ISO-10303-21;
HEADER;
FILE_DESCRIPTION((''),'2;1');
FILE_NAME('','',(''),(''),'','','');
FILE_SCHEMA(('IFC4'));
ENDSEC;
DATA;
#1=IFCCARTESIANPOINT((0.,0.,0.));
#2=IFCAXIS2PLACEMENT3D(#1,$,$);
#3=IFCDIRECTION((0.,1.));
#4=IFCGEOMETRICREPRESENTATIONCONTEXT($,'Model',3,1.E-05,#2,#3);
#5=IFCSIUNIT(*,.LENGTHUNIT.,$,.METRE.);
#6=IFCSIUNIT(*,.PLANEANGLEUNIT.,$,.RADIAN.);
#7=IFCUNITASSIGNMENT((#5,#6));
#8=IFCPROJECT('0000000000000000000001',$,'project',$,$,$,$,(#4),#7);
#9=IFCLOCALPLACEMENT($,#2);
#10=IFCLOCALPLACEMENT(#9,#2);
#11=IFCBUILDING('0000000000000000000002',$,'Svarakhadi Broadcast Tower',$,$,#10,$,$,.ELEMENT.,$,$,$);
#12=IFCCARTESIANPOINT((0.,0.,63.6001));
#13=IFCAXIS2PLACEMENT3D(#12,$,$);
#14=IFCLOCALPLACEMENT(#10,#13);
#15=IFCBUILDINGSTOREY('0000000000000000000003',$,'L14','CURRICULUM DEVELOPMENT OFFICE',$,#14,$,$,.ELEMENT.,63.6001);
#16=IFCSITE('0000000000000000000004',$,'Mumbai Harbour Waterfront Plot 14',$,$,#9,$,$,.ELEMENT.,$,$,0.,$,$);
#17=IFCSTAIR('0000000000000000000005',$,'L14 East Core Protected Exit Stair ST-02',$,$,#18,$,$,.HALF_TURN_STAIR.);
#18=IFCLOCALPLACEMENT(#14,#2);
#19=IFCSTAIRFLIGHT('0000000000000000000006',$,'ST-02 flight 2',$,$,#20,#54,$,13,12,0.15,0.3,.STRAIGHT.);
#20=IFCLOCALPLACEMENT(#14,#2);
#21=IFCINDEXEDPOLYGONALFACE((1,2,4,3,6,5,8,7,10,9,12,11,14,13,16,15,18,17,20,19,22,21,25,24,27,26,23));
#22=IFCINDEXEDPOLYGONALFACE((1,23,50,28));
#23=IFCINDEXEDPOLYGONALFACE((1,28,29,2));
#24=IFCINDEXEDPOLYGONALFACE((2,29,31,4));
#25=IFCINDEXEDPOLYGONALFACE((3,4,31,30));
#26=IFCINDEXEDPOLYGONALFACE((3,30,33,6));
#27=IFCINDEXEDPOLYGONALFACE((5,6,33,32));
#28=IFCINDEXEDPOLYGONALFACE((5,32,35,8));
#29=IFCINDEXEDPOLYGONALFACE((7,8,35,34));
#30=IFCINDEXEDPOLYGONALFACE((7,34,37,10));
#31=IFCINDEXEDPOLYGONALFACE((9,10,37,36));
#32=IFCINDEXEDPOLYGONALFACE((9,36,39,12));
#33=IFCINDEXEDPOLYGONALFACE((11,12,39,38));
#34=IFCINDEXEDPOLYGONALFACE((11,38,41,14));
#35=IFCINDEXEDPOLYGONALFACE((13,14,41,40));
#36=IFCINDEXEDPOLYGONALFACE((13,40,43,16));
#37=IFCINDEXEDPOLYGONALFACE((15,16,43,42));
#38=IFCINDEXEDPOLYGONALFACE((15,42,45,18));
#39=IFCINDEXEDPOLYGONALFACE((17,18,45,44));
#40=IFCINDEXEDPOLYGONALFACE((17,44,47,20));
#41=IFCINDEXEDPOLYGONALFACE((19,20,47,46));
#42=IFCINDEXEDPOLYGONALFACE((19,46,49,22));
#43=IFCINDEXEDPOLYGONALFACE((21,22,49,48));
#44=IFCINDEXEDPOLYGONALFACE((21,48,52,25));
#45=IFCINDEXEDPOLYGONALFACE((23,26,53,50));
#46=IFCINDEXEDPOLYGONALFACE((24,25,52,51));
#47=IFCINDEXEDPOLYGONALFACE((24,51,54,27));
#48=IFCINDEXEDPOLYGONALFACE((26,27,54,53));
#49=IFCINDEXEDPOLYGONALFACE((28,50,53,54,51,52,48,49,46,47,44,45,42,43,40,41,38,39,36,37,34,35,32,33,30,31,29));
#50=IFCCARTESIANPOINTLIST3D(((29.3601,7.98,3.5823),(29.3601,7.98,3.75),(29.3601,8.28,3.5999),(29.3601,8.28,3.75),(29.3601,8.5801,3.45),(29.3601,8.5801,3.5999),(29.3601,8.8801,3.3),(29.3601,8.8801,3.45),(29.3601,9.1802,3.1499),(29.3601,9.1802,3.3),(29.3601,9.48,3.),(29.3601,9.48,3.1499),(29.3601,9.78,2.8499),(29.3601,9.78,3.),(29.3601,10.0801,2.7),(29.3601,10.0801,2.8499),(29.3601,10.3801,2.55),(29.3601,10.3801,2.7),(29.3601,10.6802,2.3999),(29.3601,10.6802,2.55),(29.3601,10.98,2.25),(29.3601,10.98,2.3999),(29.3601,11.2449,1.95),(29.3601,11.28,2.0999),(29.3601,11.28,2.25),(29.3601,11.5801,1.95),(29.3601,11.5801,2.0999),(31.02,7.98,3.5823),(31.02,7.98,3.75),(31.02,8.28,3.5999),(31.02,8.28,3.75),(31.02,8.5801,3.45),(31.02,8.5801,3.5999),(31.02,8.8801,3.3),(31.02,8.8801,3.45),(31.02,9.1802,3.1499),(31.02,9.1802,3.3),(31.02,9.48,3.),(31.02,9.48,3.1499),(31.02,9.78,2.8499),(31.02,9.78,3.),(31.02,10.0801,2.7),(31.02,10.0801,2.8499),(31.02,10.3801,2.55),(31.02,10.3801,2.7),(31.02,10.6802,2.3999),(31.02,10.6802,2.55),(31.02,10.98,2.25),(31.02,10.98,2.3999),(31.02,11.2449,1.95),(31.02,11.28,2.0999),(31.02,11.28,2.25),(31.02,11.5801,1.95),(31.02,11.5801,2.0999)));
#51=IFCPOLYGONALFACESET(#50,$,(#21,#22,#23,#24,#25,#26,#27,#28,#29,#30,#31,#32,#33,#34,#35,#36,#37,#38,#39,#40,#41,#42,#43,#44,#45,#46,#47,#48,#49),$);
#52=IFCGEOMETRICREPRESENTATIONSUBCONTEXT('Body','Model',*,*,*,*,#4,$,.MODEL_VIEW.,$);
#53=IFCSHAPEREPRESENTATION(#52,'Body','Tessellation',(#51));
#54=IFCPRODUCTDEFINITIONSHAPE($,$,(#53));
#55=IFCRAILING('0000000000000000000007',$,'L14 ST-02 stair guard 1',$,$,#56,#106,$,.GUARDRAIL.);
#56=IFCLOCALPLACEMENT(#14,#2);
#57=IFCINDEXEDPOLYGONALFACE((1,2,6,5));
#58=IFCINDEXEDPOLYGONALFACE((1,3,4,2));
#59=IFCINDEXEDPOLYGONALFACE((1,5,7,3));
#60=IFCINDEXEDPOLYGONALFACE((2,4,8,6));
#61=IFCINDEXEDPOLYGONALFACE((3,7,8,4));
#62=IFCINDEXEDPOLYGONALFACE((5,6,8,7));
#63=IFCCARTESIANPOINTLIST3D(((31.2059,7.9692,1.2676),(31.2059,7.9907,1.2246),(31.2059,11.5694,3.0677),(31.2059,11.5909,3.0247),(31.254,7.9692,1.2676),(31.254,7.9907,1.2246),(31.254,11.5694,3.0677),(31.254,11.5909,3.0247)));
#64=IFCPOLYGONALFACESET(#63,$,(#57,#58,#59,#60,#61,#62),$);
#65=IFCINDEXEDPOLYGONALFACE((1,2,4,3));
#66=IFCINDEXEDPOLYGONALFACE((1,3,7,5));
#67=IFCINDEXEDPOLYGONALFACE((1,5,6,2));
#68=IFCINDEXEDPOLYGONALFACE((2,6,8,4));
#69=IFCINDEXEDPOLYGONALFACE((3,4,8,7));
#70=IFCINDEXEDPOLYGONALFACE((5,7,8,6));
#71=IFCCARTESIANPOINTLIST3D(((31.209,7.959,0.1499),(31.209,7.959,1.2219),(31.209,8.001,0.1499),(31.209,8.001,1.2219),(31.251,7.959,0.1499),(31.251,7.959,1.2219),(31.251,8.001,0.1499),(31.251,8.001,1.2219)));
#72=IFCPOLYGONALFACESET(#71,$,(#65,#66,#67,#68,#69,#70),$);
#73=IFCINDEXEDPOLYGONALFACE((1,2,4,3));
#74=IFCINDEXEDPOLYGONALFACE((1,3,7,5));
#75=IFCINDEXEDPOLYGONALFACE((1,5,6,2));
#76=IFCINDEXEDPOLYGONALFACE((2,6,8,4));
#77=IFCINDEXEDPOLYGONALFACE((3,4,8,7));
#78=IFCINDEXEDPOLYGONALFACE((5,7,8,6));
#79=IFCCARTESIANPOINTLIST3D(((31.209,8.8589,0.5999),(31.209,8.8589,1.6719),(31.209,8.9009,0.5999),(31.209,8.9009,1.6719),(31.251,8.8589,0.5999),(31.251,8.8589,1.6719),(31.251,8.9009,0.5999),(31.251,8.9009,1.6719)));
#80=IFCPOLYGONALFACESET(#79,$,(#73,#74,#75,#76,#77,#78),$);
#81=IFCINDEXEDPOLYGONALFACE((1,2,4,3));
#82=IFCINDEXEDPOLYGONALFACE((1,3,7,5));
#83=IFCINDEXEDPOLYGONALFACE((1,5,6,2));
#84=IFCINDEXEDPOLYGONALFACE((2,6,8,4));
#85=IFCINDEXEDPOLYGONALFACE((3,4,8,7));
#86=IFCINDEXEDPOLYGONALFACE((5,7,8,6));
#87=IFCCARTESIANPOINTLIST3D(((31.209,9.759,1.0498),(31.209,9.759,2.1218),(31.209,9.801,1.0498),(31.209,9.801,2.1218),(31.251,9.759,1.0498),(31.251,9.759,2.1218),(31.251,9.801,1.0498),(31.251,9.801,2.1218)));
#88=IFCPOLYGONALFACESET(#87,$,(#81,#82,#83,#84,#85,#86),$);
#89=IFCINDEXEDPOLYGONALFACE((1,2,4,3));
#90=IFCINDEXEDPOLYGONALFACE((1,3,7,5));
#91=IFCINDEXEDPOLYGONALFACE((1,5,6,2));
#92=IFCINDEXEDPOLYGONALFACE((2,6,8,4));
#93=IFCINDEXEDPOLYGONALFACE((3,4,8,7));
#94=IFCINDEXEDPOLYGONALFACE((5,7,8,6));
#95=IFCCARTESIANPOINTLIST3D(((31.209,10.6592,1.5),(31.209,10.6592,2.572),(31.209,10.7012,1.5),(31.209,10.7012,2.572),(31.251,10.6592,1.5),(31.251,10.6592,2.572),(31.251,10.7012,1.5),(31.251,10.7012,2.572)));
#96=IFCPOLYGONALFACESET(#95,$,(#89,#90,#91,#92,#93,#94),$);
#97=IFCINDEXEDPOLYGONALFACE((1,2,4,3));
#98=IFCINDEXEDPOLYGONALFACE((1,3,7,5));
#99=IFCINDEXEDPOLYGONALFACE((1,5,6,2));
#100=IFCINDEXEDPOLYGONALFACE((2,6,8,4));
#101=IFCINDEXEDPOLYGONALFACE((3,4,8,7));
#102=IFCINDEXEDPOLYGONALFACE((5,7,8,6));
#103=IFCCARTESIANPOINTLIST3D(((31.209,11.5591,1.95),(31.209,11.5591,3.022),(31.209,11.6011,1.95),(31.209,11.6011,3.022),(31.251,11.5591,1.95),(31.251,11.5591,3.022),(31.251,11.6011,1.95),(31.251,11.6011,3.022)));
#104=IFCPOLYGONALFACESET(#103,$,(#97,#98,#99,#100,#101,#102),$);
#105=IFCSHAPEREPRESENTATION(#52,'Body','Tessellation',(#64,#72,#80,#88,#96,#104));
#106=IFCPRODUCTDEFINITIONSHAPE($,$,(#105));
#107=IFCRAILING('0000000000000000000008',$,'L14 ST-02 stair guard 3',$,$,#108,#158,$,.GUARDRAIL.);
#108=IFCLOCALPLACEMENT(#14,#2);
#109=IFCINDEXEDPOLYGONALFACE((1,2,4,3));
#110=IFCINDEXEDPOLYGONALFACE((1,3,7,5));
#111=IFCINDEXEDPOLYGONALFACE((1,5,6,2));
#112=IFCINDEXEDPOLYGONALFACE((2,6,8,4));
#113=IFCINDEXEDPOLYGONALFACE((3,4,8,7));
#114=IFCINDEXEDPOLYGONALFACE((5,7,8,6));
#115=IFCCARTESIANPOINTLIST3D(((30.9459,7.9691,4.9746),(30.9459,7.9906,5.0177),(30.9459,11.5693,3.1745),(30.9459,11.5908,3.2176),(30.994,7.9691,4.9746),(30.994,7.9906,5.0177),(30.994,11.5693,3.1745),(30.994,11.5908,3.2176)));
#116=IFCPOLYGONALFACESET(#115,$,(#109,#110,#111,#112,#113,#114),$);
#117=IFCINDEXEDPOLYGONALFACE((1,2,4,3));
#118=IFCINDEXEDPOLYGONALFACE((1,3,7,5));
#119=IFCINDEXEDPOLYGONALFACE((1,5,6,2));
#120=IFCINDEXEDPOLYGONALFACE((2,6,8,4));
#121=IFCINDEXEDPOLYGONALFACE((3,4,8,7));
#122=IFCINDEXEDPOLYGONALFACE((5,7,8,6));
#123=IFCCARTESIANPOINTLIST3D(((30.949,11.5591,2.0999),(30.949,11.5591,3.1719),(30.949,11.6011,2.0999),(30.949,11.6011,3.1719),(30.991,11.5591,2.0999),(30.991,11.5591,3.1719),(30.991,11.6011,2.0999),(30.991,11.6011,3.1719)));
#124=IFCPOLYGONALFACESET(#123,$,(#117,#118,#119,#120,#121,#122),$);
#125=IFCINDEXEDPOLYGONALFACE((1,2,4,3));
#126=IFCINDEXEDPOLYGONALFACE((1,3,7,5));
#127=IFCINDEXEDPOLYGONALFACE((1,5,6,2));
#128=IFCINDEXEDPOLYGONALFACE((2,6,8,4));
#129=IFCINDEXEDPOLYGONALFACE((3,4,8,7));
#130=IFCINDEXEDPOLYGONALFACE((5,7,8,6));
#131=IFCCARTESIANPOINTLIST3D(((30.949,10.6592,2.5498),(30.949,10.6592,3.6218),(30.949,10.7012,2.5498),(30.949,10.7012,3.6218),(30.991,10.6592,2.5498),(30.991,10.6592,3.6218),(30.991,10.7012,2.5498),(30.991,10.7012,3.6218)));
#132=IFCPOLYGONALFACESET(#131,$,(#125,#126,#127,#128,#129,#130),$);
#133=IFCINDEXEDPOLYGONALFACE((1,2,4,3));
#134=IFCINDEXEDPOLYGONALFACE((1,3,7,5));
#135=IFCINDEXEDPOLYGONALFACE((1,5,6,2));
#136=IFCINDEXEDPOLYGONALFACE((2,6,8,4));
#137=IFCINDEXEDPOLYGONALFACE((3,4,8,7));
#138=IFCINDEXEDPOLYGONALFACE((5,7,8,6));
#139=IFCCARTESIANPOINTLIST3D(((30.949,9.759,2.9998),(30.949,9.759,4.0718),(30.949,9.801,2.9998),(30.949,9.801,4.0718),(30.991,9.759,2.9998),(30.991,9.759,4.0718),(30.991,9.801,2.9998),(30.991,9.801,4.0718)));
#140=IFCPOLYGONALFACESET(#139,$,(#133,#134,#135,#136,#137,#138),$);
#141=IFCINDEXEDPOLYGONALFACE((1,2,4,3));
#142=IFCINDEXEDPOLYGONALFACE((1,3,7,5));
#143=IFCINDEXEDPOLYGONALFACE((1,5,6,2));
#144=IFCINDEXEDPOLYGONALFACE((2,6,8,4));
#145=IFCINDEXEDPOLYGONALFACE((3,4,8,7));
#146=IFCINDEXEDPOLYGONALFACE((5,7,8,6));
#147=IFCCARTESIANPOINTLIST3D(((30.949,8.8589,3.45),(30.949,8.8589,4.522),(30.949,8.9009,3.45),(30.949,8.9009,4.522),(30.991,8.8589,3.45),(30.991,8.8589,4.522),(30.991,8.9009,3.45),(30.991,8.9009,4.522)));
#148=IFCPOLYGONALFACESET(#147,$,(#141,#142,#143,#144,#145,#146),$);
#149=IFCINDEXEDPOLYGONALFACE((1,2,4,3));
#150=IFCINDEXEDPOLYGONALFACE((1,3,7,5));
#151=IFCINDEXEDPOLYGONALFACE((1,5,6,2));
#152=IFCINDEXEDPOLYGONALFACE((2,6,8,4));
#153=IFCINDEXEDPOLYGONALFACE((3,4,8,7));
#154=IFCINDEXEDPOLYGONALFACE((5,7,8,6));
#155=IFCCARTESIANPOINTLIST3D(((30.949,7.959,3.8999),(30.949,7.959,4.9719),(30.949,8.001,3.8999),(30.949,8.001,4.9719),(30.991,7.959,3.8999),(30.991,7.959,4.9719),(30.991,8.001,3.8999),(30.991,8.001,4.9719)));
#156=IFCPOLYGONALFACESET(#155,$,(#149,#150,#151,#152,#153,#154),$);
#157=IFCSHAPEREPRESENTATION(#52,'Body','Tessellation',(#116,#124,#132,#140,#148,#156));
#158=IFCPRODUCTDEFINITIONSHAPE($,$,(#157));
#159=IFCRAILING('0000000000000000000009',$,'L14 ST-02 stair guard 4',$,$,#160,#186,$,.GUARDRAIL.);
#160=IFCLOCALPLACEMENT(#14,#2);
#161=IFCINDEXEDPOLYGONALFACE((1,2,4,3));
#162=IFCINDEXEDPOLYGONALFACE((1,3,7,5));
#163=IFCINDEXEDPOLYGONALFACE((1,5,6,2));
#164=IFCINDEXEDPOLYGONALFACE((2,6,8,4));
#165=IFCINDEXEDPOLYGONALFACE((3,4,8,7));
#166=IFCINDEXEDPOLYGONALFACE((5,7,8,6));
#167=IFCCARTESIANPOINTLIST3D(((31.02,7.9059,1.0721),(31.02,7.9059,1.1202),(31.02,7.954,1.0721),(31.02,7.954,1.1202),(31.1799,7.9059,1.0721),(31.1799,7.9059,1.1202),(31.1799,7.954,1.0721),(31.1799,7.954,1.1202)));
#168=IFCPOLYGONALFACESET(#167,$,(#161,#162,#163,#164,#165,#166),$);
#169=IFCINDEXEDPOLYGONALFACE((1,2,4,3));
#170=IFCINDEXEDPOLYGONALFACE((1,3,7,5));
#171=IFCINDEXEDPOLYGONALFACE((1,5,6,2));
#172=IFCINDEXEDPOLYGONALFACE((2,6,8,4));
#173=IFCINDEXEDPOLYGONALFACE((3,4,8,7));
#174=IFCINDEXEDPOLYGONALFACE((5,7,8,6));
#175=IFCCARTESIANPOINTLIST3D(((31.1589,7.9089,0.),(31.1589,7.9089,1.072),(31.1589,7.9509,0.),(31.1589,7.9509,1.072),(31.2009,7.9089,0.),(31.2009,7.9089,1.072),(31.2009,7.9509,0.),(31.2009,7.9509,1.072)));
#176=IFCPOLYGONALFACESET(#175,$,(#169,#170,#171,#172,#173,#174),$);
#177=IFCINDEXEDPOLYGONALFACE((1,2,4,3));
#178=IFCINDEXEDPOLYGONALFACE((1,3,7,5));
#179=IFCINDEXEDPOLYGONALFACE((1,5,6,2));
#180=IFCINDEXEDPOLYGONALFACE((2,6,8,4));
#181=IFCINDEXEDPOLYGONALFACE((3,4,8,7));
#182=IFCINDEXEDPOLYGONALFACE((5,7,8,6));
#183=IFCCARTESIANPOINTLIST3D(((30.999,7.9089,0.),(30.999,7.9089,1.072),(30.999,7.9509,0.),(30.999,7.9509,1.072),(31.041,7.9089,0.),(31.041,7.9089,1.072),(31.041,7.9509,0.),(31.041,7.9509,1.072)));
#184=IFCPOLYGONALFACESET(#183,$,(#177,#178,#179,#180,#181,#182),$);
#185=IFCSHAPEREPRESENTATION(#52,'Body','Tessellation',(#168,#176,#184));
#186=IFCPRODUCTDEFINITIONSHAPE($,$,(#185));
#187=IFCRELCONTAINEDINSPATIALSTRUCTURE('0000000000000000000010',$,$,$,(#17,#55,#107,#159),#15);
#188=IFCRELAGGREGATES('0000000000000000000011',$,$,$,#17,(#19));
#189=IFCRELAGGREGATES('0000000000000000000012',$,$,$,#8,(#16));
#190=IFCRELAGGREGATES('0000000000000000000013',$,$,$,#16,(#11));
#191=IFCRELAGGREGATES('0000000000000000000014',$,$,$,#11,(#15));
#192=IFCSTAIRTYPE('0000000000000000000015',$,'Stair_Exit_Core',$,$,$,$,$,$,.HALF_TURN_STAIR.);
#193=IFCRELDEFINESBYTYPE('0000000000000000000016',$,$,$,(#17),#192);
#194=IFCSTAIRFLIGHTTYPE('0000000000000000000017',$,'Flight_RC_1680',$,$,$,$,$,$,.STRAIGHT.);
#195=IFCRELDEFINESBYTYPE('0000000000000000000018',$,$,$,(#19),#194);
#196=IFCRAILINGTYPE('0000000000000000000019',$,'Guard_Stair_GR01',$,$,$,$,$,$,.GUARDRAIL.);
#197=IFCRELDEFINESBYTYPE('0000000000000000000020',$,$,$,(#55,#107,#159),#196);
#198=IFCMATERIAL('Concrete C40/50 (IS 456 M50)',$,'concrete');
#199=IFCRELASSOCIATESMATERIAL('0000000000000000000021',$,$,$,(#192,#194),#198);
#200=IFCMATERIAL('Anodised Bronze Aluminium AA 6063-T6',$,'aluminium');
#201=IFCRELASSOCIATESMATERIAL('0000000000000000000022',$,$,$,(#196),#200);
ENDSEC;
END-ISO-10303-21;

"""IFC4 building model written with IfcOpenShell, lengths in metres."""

from ifc_helpers import new_model, si_unit, direction, frame, origin, origin_2d, place, context, subcontext, project, spatial, polyline, rectangle, outline, extrude, material, type_object, element, aggregate, save


model = new_model("IFC4")

# Units and contexts
model_context = context("Model", 3, precision=1e-05, world=origin(), true_north=direction((0.0, 1.0)))
body_context = subcontext(model_context, "Body", "Model", "MODEL_VIEW")
ifc_project = project(units=[si_unit("LENGTHUNIT", "METRE"), si_unit("PLANEANGLEUNIT", "RADIAN")], contexts=[model_context])

# Site, building, storey
site_placement = place(None, origin())
site = spatial("IfcSite", under=ifc_project, at=site_placement, Name="Mumbai Harbour Waterfront Plot 14", CompositionType="ELEMENT", RefElevation=0.0)
building_placement = place(site_placement, origin())
building = spatial("IfcBuilding", under=site, at=building_placement, Name="Svarakhadi Broadcast Tower", CompositionType="ELEMENT")
storey_placement = place(building_placement, frame((0.0, 0.0, 63.6001)))
storey = spatial("IfcBuildingStorey", under=building, at=storey_placement, Name="L14", Description="CURRICULUM DEVELOPMENT OFFICE", CompositionType="ELEMENT", Elevation=63.6001)

# Shared definitions
ifc_material_1 = material(Name="Anodised Bronze Aluminium AA 6063-T6", Category="aluminium")

# Shared definitions
ifc_material_2 = material(Name="Concrete C40/50 (IS 456 M50)", Category="concrete")

# Stair, stair flight
stair_type = type_object("IfcStairType", Name="Stair_Exit_Core", PredefinedType="HALF_TURN_STAIR", material=ifc_material_2)
stair_placement = place(storey_placement, origin())
stair = element("IfcStair", 1, at=stair_placement, inside=storey, type_object=stair_type, Name="L14 East Core Protected Exit Stair ST-02", PredefinedType="HALF_TURN_STAIR")
stair_flight_type = type_object("IfcStairFlightType", Name="Flight_RC_1680", PredefinedType="STRAIGHT", material=ifc_material_2)
stair_flight_1_placement = place(storey_placement, frame((30.1899, 11.5801, 1.95), z_axis=(0.0, 0.0, 1.0), x_axis=(0.0, -1.0, 0.0)))
stair_flight_1 = element("IfcStairFlight", 2, at=stair_flight_1_placement, type_object=stair_flight_type, Name="ST-02 flight 2", NumberOfRisers=13, NumberOfTreads=12, PredefinedType="STRAIGHT", RiserHeight=0.15, TreadLength=0.3, context=body_context, shape_type="SweptSolid", body=[
    extrude(outline(polyline([(0.0, 0.0), (0.0, 0.1499), (0.3, 0.1499), (0.3, 0.3), (0.6001, 0.3), (0.6001, 0.45), (0.8999, 0.45), (0.8999, 0.6001), (1.2, 0.6001), (1.2, 0.75), (1.5, 0.75), (1.5, 0.8999), (1.8, 0.8999), (1.8, 1.05), (2.1001, 1.05), (2.1001, 1.2), (2.3999, 1.2), (2.3999, 1.3501), (2.7, 1.3501), (2.7, 1.5), (3.0, 1.5), (3.0, 1.6499), (3.3, 1.6499), (3.3, 1.8), (3.6001, 1.8), (3.6001, 1.95), (3.6001, 1.6323), (0.3352, 0.0), (0.0, 0.0)])), frame((0.0, 0.8301, 0.0), z_axis=(0.0, -1.0, 0.0), x_axis=(1.0, 0.0, 0.0)), (0.0, 0.0, 1.0), 1.6599),
])
aggregate(stair, [stair_flight_1])

# Railings
railing_type_1 = type_object("IfcRailingType", Name="Guard_Stair_GR01", PredefinedType="GUARDRAIL", material=ifc_material_1)
railing_1_placement = place(storey_placement, frame((31.23, 7.98, 0.1499)))
element("IfcRailing", 3, at=railing_1_placement, inside=storey, type_object=railing_type_1, Name="L14 ST-02 stair guard 1", PredefinedType="GUARDRAIL", context=body_context, shape_type="SweptSolid", body=[
    extrude(rectangle(XDim=0.0481, YDim=0.0481, at=origin_2d()), frame((0.0, 0.0, 1.0962), z_axis=(0.0, 0.894427, 0.447214), x_axis=(-1.0, 0.0, 0.0)), (0.0, 0.0, 1.0), 4.0251),
    extrude(rectangle(XDim=0.042, YDim=0.042, at=origin_2d()), origin(), (0.0, 0.0, 1.0), 1.072),
    extrude(rectangle(XDim=0.042, YDim=0.042, at=origin_2d()), frame((0.0, 0.8999, 0.45)), (0.0, 0.0, 1.0), 1.072),
    extrude(rectangle(XDim=0.042, YDim=0.042, at=origin_2d()), frame((0.0, 1.8, 0.8999)), (0.0, 0.0, 1.0), 1.072),
    extrude(rectangle(XDim=0.042, YDim=0.042, at=origin_2d()), frame((0.0, 2.7002, 1.3501)), (0.0, 0.0, 1.0), 1.072),
    extrude(rectangle(XDim=0.042, YDim=0.042, at=origin_2d()), frame((0.0, 3.6001, 1.8)), (0.0, 0.0, 1.0), 1.072),
])
railing_2_placement = place(storey_placement, frame((30.97, 11.5801, 2.0999)))
element("IfcRailing", 4, at=railing_2_placement, inside=storey, type_object=railing_type_1, Name="L14 ST-02 stair guard 3", PredefinedType="GUARDRAIL", context=body_context, shape_type="SweptSolid", body=[
    extrude(rectangle(XDim=0.0481, YDim=0.0481, at=origin_2d()), frame((0.0, 0.0, 1.0962), z_axis=(0.0, -0.894427, 0.447214), x_axis=(1.0, 0.0, 0.0)), (0.0, 0.0, 1.0), 4.0251),
    extrude(rectangle(XDim=0.042, YDim=0.042, at=origin_2d()), origin(), (0.0, 0.0, 1.0), 1.072),
    extrude(rectangle(XDim=0.042, YDim=0.042, at=origin_2d()), frame((0.0, -0.8999, 0.45)), (0.0, 0.0, 1.0), 1.072),
    extrude(rectangle(XDim=0.042, YDim=0.042, at=origin_2d()), frame((0.0, -1.8, 0.8999)), (0.0, 0.0, 1.0), 1.072),
    extrude(rectangle(XDim=0.042, YDim=0.042, at=origin_2d()), frame((0.0, -2.7002, 1.3501)), (0.0, 0.0, 1.0), 1.072),
    extrude(rectangle(XDim=0.042, YDim=0.042, at=origin_2d()), frame((0.0, -3.6001, 1.8)), (0.0, 0.0, 1.0), 1.072),
])
railing_3_placement = place(storey_placement, frame((31.1799, 7.9299, 0.0)))
element("IfcRailing", 5, at=railing_3_placement, inside=storey, type_object=railing_type_1, Name="L14 ST-02 stair guard 4", PredefinedType="GUARDRAIL", context=body_context, shape_type="SweptSolid", body=[
    extrude(rectangle(XDim=0.0481, YDim=0.0481, at=origin_2d()), frame((0.0, 0.0, 1.0962), z_axis=(-1.0, 0.0, 0.0), x_axis=(0.0, -1.0, 0.0)), (0.0, 0.0, 1.0), 0.1599),
    extrude(rectangle(XDim=0.042, YDim=0.042, at=origin_2d()), origin(), (0.0, 0.0, 1.0), 1.072),
    extrude(rectangle(XDim=0.042, YDim=0.042, at=origin_2d()), frame((-0.1599, 0.0, 0.0)), (0.0, 0.0, 1.0), 1.072),
])

save(model, "model.ifc")
